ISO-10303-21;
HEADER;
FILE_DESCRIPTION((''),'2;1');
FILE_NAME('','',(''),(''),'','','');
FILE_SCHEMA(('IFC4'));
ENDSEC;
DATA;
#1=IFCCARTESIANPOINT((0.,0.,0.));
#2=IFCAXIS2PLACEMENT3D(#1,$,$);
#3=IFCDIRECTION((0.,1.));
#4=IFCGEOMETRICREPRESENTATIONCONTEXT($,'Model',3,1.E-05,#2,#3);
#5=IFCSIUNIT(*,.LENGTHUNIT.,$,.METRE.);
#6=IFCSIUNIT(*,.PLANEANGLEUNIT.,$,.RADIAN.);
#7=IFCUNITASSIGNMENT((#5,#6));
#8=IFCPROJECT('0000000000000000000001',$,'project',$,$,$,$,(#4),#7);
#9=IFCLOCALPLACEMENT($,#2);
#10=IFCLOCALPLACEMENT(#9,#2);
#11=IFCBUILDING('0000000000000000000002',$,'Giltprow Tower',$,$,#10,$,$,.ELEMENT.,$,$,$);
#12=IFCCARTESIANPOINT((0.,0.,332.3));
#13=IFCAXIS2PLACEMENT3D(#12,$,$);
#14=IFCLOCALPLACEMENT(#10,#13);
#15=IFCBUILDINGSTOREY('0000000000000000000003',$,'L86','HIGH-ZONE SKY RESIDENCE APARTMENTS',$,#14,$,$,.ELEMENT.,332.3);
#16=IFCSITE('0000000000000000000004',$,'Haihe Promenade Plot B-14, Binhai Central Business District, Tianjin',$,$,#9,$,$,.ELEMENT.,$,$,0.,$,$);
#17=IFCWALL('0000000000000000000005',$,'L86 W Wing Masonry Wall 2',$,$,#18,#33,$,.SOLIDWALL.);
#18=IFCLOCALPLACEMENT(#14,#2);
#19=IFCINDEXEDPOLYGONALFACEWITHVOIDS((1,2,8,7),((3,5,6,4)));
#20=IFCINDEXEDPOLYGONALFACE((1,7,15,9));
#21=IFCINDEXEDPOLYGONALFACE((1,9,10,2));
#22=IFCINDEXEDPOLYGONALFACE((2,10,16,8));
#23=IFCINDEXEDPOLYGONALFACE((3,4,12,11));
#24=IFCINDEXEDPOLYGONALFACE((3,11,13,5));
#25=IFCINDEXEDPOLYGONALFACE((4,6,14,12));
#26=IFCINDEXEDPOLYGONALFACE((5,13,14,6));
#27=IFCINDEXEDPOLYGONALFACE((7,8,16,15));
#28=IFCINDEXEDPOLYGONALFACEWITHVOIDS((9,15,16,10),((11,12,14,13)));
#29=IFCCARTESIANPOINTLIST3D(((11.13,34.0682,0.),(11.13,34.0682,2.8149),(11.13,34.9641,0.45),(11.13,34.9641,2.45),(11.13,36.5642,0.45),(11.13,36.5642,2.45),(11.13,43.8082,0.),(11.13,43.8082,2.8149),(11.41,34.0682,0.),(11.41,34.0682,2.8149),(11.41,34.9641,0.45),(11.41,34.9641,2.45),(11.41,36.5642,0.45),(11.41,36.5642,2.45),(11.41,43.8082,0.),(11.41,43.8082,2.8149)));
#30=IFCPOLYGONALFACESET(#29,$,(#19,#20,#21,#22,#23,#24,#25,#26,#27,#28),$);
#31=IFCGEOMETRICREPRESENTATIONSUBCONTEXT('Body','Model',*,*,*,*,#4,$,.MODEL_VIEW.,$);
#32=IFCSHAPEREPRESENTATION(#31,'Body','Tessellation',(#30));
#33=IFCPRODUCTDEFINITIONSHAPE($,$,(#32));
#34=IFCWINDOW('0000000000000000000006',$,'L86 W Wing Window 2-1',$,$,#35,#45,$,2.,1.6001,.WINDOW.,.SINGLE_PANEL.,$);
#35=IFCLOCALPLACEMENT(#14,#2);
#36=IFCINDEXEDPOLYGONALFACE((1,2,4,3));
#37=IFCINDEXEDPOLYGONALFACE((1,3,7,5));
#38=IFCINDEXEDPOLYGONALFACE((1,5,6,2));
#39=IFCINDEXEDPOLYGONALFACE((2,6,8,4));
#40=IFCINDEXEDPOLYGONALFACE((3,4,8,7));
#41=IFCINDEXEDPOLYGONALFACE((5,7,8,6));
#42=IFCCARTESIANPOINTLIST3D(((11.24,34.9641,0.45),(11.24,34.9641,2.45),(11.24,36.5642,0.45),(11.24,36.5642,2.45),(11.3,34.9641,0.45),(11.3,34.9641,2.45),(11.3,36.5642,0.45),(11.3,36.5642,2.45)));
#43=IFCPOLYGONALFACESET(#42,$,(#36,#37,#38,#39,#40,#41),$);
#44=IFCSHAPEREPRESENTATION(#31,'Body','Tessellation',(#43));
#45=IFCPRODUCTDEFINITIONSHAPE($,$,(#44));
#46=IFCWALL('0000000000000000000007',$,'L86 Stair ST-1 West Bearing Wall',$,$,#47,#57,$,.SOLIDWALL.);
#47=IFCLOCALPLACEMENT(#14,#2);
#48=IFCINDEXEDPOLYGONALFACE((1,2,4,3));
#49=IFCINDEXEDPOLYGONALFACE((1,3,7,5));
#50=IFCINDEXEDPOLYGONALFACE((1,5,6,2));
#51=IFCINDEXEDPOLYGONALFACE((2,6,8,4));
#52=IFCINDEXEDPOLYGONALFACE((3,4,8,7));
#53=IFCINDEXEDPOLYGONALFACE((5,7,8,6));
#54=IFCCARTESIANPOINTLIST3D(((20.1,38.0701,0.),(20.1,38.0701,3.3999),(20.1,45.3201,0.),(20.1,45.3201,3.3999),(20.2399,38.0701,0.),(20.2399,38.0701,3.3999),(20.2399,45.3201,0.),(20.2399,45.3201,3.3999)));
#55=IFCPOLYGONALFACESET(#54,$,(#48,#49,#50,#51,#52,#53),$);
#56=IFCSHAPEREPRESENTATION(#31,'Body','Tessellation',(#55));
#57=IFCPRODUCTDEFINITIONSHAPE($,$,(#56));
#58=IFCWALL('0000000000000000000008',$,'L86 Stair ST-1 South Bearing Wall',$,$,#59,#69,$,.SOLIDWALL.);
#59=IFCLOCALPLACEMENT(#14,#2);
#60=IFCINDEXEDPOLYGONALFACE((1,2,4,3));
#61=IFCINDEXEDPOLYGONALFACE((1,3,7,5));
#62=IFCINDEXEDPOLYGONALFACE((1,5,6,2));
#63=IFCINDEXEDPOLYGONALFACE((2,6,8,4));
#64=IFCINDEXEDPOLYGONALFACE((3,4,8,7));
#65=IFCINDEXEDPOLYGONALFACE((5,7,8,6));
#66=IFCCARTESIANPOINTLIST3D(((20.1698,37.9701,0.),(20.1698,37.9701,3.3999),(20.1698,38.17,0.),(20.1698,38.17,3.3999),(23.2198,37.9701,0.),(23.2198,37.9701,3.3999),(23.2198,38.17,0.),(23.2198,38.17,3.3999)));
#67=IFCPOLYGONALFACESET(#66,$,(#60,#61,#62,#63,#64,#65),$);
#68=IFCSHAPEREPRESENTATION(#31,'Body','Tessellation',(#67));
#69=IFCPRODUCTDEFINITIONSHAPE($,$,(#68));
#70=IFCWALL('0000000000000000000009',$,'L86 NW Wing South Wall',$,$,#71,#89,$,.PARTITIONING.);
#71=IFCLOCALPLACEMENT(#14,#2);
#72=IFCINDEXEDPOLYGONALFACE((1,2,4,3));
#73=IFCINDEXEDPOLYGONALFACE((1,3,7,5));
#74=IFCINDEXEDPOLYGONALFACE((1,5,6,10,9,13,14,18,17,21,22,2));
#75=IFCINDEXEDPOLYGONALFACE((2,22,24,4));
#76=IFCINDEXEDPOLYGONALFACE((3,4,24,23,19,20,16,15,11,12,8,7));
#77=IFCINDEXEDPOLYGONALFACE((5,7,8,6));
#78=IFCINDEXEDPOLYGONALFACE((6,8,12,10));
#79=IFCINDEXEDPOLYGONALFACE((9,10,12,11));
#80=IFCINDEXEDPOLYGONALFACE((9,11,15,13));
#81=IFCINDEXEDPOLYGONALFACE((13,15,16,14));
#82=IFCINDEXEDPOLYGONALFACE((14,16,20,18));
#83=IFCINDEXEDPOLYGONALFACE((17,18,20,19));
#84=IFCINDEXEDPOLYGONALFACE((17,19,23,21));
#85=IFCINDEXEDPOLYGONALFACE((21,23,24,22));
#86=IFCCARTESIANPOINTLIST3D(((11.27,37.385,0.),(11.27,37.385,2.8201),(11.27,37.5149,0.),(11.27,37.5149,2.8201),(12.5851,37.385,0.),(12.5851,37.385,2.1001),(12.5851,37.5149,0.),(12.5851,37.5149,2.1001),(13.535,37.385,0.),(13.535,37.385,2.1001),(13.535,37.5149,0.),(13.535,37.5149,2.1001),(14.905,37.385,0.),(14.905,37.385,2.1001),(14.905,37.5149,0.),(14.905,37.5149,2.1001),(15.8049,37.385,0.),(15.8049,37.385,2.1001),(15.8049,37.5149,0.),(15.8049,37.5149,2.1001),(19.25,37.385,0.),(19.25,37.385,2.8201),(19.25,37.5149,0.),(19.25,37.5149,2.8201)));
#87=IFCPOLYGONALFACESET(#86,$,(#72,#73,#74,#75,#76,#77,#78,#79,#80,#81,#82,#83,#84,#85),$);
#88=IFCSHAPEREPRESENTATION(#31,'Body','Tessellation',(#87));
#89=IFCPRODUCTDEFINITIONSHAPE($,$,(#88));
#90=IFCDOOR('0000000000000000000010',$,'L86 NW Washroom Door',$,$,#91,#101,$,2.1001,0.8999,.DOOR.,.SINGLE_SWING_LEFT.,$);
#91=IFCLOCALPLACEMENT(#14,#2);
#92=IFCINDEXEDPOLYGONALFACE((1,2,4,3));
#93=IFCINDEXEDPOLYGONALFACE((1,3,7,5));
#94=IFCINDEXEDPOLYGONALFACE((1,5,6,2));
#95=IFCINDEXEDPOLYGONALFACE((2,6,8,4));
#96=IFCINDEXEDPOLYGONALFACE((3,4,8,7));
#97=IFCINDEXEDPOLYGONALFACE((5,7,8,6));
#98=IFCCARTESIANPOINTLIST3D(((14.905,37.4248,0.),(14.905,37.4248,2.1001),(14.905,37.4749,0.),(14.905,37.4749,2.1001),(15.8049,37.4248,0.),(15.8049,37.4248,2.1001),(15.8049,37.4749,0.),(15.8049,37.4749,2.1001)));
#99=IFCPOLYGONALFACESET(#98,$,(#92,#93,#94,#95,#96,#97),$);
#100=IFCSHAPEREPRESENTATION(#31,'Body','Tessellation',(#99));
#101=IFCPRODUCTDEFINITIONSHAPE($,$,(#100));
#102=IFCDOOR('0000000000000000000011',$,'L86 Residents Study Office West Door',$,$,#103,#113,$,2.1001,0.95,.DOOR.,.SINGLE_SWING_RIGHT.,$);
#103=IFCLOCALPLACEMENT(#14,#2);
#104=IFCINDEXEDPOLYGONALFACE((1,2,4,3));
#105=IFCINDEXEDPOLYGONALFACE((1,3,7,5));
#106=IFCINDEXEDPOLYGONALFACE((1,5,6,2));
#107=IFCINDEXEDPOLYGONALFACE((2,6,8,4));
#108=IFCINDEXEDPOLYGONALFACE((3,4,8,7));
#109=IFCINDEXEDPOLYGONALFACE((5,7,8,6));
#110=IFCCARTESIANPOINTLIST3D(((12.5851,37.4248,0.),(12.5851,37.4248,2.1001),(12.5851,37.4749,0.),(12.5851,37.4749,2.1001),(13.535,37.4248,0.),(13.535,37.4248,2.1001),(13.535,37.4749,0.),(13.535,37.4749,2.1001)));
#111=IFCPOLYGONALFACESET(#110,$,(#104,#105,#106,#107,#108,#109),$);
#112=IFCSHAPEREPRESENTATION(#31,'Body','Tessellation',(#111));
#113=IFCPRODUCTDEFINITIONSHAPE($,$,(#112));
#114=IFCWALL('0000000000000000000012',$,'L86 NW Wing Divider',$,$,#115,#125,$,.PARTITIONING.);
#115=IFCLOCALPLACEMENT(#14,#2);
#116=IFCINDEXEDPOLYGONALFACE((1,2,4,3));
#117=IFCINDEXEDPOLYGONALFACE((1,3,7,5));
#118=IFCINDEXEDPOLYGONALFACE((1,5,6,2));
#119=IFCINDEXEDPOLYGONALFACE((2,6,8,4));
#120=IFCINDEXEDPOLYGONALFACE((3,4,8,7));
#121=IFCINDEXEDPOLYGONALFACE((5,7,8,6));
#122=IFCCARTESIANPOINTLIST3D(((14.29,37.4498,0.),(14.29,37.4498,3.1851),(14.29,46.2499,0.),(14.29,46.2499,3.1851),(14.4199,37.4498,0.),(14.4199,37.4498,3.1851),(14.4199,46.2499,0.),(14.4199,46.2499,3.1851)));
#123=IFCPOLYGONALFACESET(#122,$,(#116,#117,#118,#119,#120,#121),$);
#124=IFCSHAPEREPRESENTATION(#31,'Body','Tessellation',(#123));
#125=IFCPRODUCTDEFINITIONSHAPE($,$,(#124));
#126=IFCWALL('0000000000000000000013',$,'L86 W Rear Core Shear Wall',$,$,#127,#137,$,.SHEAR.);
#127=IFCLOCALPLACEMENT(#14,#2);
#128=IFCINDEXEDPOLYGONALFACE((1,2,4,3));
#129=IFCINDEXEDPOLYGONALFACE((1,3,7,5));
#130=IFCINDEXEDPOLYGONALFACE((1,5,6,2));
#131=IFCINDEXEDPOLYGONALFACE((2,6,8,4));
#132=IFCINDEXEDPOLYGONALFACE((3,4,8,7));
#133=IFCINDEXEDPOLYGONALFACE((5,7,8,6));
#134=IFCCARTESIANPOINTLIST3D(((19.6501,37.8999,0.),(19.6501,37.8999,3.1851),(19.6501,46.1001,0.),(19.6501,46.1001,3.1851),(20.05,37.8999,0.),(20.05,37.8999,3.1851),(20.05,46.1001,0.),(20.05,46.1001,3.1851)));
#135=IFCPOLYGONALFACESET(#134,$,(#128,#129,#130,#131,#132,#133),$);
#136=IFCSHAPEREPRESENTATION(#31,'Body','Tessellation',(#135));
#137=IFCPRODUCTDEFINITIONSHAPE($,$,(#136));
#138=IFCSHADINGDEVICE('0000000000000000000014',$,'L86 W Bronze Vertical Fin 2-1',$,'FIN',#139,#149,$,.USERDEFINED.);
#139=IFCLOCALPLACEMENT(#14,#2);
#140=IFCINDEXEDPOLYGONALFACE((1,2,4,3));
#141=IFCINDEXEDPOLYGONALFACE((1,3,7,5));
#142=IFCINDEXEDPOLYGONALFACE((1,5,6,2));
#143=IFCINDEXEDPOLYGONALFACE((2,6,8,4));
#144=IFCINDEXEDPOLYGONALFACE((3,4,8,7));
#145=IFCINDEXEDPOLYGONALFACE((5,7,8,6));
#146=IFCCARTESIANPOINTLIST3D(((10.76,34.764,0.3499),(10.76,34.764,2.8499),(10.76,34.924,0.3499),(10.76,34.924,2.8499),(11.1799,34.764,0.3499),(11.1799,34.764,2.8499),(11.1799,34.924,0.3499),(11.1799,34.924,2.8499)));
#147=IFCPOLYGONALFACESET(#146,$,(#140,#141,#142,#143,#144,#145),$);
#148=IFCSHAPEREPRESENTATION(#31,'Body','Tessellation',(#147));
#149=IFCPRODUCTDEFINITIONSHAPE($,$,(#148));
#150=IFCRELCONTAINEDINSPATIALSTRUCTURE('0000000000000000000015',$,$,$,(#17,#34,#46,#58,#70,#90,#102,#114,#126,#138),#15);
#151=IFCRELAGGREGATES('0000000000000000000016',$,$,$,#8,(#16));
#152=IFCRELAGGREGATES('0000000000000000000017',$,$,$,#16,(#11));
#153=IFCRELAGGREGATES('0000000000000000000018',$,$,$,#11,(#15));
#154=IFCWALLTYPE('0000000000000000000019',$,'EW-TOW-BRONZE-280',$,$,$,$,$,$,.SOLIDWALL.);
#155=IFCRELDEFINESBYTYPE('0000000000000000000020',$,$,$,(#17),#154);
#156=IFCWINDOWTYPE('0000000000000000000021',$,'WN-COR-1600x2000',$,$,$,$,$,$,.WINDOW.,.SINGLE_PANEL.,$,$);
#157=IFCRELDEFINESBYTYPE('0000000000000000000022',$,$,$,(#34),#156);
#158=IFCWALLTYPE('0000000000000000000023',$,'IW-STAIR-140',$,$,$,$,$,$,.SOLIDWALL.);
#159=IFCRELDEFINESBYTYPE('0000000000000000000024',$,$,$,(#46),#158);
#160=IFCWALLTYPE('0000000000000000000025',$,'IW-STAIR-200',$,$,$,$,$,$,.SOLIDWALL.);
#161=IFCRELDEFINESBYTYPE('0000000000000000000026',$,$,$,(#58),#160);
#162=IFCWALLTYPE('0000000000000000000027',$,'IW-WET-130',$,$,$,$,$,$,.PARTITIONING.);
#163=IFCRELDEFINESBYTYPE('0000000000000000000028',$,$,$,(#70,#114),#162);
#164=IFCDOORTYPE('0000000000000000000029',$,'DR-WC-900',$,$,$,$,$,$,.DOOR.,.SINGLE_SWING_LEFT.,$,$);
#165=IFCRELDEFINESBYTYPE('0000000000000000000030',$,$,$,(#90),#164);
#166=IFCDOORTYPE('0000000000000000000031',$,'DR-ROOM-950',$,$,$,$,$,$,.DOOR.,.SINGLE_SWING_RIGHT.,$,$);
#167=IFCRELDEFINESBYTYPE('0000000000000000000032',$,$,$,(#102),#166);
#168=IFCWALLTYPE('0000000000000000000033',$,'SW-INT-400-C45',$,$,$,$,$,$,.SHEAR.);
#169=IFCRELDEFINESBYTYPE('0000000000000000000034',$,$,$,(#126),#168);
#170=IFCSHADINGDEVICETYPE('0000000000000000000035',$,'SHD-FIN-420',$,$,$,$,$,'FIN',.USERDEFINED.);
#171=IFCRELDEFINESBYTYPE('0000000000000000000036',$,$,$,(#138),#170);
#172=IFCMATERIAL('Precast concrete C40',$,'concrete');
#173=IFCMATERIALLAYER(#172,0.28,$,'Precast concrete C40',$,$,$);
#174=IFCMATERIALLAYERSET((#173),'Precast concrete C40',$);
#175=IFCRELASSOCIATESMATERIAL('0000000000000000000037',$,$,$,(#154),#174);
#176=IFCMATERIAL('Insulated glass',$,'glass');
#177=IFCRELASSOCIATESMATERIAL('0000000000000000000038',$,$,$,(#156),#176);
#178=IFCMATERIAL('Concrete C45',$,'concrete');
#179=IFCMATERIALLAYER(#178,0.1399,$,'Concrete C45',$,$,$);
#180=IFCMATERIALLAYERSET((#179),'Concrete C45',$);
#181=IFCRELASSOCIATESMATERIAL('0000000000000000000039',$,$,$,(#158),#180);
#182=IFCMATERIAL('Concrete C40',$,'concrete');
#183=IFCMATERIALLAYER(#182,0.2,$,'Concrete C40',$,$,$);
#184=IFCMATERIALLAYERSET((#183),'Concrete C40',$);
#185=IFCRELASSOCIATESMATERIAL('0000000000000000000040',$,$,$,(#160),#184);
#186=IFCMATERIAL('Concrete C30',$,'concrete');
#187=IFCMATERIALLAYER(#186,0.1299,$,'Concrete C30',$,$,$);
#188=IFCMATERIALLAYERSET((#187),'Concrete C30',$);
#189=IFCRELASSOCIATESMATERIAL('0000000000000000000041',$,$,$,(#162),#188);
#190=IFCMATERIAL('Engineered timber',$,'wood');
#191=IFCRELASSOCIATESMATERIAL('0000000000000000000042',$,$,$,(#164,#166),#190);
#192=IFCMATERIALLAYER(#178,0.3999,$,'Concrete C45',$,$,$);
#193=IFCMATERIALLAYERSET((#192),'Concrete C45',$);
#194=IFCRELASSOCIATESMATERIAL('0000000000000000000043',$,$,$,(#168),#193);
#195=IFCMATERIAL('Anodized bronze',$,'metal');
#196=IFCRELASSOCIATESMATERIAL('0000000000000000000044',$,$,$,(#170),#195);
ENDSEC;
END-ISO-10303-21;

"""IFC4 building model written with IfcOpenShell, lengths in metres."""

from ifc_helpers import new_model, si_unit, direction, frame, frame_2d, origin, origin_2d, place, context, subcontext, project, spatial, rectangle, extrude, source, transform, mapped, material, layer, layer_set, type_object, element, fill, save


model = new_model("IFC4")

# Units and contexts
model_context = context("Model", 3, precision=1e-05, world=origin(), true_north=direction((0.0, 1.0)))
body_context = subcontext(model_context, "Body", "Model", "MODEL_VIEW")
ifc_project = project(units=[si_unit("LENGTHUNIT", "METRE"), si_unit("PLANEANGLEUNIT", "RADIAN")], contexts=[model_context])

# Site, building, storey
site_placement = place(None, origin())
site = spatial("IfcSite", under=ifc_project, at=site_placement, Name="Haihe Promenade Plot B-14, Binhai Central Business District, Tianjin", CompositionType="ELEMENT", RefElevation=0.0)
building_placement = place(site_placement, origin())
building = spatial("IfcBuilding", under=site, at=building_placement, Name="Giltprow Tower", CompositionType="ELEMENT")
storey_placement = place(building_placement, frame((0.0, 0.0, 332.3)))
storey = spatial("IfcBuildingStorey", under=building, at=storey_placement, Name="L86", Description="HIGH-ZONE SKY RESIDENCE APARTMENTS", CompositionType="ELEMENT", Elevation=332.3)

# Shared definitions
ifc_material_1 = material(Name="Concrete C45", Category="concrete")

# Wall, opening, window
ifc_material_2 = material(Name="Precast concrete C40", Category="concrete")
ifc_layer_1 = layer(ifc_material_2, 0.28, Name="Precast concrete C40")
ifc_layer_set_1 = layer_set([ifc_layer_1], Name="Precast concrete C40")
wall_type_1 = type_object("IfcWallType", Name="EW-TOW-BRONZE-280", PredefinedType="SOLIDWALL", material=ifc_layer_set_1)
wall_1_placement = place(storey_placement, frame((11.27, 34.0681, 0.0), z_axis=(0.0, 0.0, 1.0), x_axis=(0.0, 1.0, 0.0)))
wall_1 = element("IfcWall", 1, at=wall_1_placement, inside=storey, type_object=wall_type_1, Name="L86 W Wing Masonry Wall 2", PredefinedType="SOLIDWALL", context=body_context, shape_type="SweptSolid", body=[
    extrude(rectangle(XDim=9.74, YDim=0.28, at=frame_2d((4.8701, 0.0))), origin(), (0.0, 0.0, 1.0), 2.8149),
])
opening_1_placement = place(wall_1_placement, frame((0.896, 0.0, 0.45)))
opening_1 = element("IfcOpeningElement", 2, at=opening_1_placement, cuts=wall_1, PredefinedType="OPENING", context=body_context, shape_type="SweptSolid", body=[
    extrude(rectangle(XDim=1.6001, YDim=2.0, at=frame_2d((0.8, 1.0))), frame((0.0, 0.1499, 0.0), z_axis=(0.0, -1.0, 0.0), x_axis=(1.0, 0.0, 0.0)), (0.0, 0.0, 1.0), 0.3),
])
ifc_material_3 = material(Name="Insulated glass", Category="glass")
window_type = type_object("IfcWindowType", Name="WN-COR-1600x2000", PartitioningType="SINGLE_PANEL", PredefinedType="WINDOW", material=ifc_material_3)
shared_shape_1 = source(origin(), body_context, "Body", "SweptSolid", [
    extrude(rectangle(XDim=1.6001, YDim=2.0, at=frame_2d((0.8, 1.0))), frame((0.0, 0.03, 0.0), z_axis=(0.0, -1.0, 0.0), x_axis=(1.0, 0.0, 0.0)), (0.0, 0.0, 1.0), 0.0601),
])
window_placement = place(opening_1_placement, origin())
window = element("IfcWindow", 3, at=window_placement, inside=storey, type_object=window_type, Name="L86 W Wing Window 2-1", OverallHeight=2.0, OverallWidth=1.6001, PartitioningType="SINGLE_PANEL", PredefinedType="WINDOW", context=body_context, shape_type="MappedRepresentation", body=[
    mapped(shared_shape_1, transform((0.0, 0.0, 0.0), x_axis=(1.0, 0.0, 0.0), y_axis=(0.0, 1.0, 0.0), z_axis=(0.0, 0.0, 1.0), scale=1.0)),
])
fill(opening_1, window)

# Walls
ifc_layer_2 = layer(ifc_material_1, 0.1399, Name="Concrete C45")
ifc_layer_set_2 = layer_set([ifc_layer_2], Name="Concrete C45")
wall_type_2 = type_object("IfcWallType", Name="IW-STAIR-140", PredefinedType="SOLIDWALL", material=ifc_layer_set_2)
wall_2_placement = place(storey_placement, frame((20.1699, 38.0701, 0.0), z_axis=(0.0, 0.0, 1.0), x_axis=(0.0, 1.0, 0.0)))
element("IfcWall", 4, at=wall_2_placement, inside=storey, type_object=wall_type_2, Name="L86 Stair ST-1 West Bearing Wall", PredefinedType="SOLIDWALL", context=body_context, shape_type="SweptSolid", body=[
    extrude(rectangle(XDim=7.25, YDim=0.1399, at=frame_2d((3.625, 0.0))), origin(), (0.0, 0.0, 1.0), 3.3999),
])
ifc_material_4 = material(Name="Concrete C40", Category="concrete")
ifc_layer_3 = layer(ifc_material_4, 0.2, Name="Concrete C40")
ifc_layer_set_3 = layer_set([ifc_layer_3], Name="Concrete C40")
wall_type_3 = type_object("IfcWallType", Name="IW-STAIR-200", PredefinedType="SOLIDWALL", material=ifc_layer_set_3)
wall_3_placement = place(storey_placement, frame((20.1699, 38.0701, 0.0), z_axis=(0.0, 0.0, 1.0), x_axis=(1.0, 0.0, 0.0)))
element("IfcWall", 5, at=wall_3_placement, inside=storey, type_object=wall_type_3, Name="L86 Stair ST-1 South Bearing Wall", PredefinedType="SOLIDWALL", context=body_context, shape_type="SweptSolid", body=[
    extrude(rectangle(XDim=3.05, YDim=0.2, at=frame_2d((1.5249, 0.0))), origin(), (0.0, 0.0, 1.0), 3.3999),
])

# Wall, openings, doors
ifc_material_5 = material(Name="Concrete C30", Category="concrete")
ifc_layer_4 = layer(ifc_material_5, 0.1299, Name="Concrete C30")
ifc_layer_set_4 = layer_set([ifc_layer_4], Name="Concrete C30")
wall_type_4 = type_object("IfcWallType", Name="IW-WET-130", PredefinedType="PARTITIONING", material=ifc_layer_set_4)
wall_4_placement = place(storey_placement, frame((11.27, 37.45, 0.0), z_axis=(0.0, 0.0, 1.0), x_axis=(1.0, 0.0, 0.0)))
wall_4 = element("IfcWall", 6, at=wall_4_placement, inside=storey, type_object=wall_type_4, Name="L86 NW Wing South Wall", PredefinedType="PARTITIONING", context=body_context, shape_type="SweptSolid", body=[
    extrude(rectangle(XDim=7.98, YDim=0.1299, at=frame_2d((3.99, 0.0))), origin(), (0.0, 0.0, 1.0), 2.8201),
])
opening_2_placement = place(wall_4_placement, frame((1.3149, 0.0, 0.0)))
opening_2 = element("IfcOpeningElement", 7, at=opening_2_placement, cuts=wall_4, PredefinedType="OPENING", context=body_context, shape_type="SweptSolid", body=[
    extrude(rectangle(XDim=0.95, YDim=2.1001, at=frame_2d((0.4751, 1.05))), frame((0.0, 0.075, 0.0), z_axis=(0.0, -1.0, 0.0), x_axis=(1.0, 0.0, 0.0)), (0.0, 0.0, 1.0), 0.1499),
])
opening_3_placement = place(wall_4_placement, frame((3.635, 0.0, 0.0)))
opening_3 = element("IfcOpeningElement", 8, at=opening_3_placement, cuts=wall_4, PredefinedType="OPENING", context=body_context, shape_type="SweptSolid", body=[
    extrude(rectangle(XDim=0.8999, YDim=2.1001, at=frame_2d((0.45, 1.05))), frame((0.0, 0.075, 0.0), z_axis=(0.0, -1.0, 0.0), x_axis=(1.0, 0.0, 0.0)), (0.0, 0.0, 1.0), 0.1499),
])
ifc_material_6 = material(Name="Engineered timber", Category="wood")
door_type_1 = type_object("IfcDoorType", Name="DR-WC-900", OperationType="SINGLE_SWING_LEFT", PredefinedType="DOOR", material=ifc_material_6)
shared_shape_2 = source(origin(), body_context, "Body", "SweptSolid", [
    extrude(rectangle(XDim=0.8999, YDim=2.1001, at=frame_2d((0.45, 1.05))), frame((0.0, 0.0249, 0.0), z_axis=(0.0, -1.0, 0.0), x_axis=(1.0, 0.0, 0.0)), (0.0, 0.0, 1.0), 0.05),
])
door_1_placement = place(opening_3_placement, origin())
door_1 = element("IfcDoor", 9, at=door_1_placement, inside=storey, type_object=door_type_1, Name="L86 NW Washroom Door", OperationType="SINGLE_SWING_LEFT", OverallHeight=2.1001, OverallWidth=0.8999, PredefinedType="DOOR", context=body_context, shape_type="MappedRepresentation", body=[
    mapped(shared_shape_2, transform((0.0, 0.0, 0.0), x_axis=(1.0, 0.0, 0.0), y_axis=(0.0, 1.0, 0.0), z_axis=(0.0, 0.0, 1.0), scale=1.0)),
])
fill(opening_3, door_1)
door_type_2 = type_object("IfcDoorType", Name="DR-ROOM-950", OperationType="SINGLE_SWING_RIGHT", PredefinedType="DOOR", material=ifc_material_6)
shared_shape_3 = source(origin(), body_context, "Body", "SweptSolid", [
    extrude(rectangle(XDim=0.95, YDim=2.1001, at=frame_2d((0.4751, 1.05))), frame((0.0, 0.0249, 0.0), z_axis=(0.0, -1.0, 0.0), x_axis=(1.0, 0.0, 0.0)), (0.0, 0.0, 1.0), 0.05),
])
door_2_placement = place(opening_2_placement, origin())
door_2 = element("IfcDoor", 10, at=door_2_placement, inside=storey, type_object=door_type_2, Name="L86 Residents Study Office West Door", OperationType="SINGLE_SWING_RIGHT", OverallHeight=2.1001, OverallWidth=0.95, PredefinedType="DOOR", context=body_context, shape_type="MappedRepresentation", body=[
    mapped(shared_shape_3, transform((0.0, 0.0, 0.0), x_axis=(1.0, 0.0, 0.0), y_axis=(0.0, 1.0, 0.0), z_axis=(0.0, 0.0, 1.0), scale=1.0)),
])
fill(opening_2, door_2)

# Walls
wall_5_placement = place(storey_placement, frame((14.355, 37.45, 0.0), z_axis=(0.0, 0.0, 1.0), x_axis=(0.0, 1.0, 0.0)))
element("IfcWall", 11, at=wall_5_placement, inside=storey, type_object=wall_type_4, Name="L86 NW Wing Divider", PredefinedType="PARTITIONING", context=body_context, shape_type="SweptSolid", body=[
    extrude(rectangle(XDim=8.8, YDim=0.1299, at=frame_2d((4.3999, 0.0))), origin(), (0.0, 0.0, 1.0), 3.1851),
])
ifc_layer_5 = layer(ifc_material_1, 0.3999, Name="Concrete C45")
ifc_layer_set_5 = layer_set([ifc_layer_5], Name="Concrete C45")
wall_type_5 = type_object("IfcWallType", Name="SW-INT-400-C45", PredefinedType="SHEAR", material=ifc_layer_set_5)
wall_6_placement = place(storey_placement, frame((19.8501, 37.8999, 0.0), z_axis=(0.0, 0.0, 1.0), x_axis=(0.0, 1.0, 0.0)))
element("IfcWall", 12, at=wall_6_placement, inside=storey, type_object=wall_type_5, Name="L86 W Rear Core Shear Wall", PredefinedType="SHEAR", context=body_context, shape_type="SweptSolid", body=[
    extrude(rectangle(XDim=8.2002, YDim=0.3999, at=frame_2d((4.1001, 0.0))), origin(), (0.0, 0.0, 1.0), 3.1851),
])

# Shading device
ifc_material_7 = material(Name="Anodized bronze", Category="metal")
shading_device_type = type_object("IfcShadingDeviceType", Name="SHD-FIN-420", ElementType="FIN", PredefinedType="USERDEFINED", material=ifc_material_7)
shared_shape_4 = source(origin(), body_context, "Body", "SweptSolid", [
    extrude(rectangle(XDim=0.4199, YDim=0.1599, at=origin_2d()), origin(), (0.0, 0.0, 1.0), 2.5),
])
shading_device_placement = place(storey_placement, frame((10.97, 34.844, 0.3499), z_axis=(0.0, 0.0, 1.0), x_axis=(1.0, 0.0, 0.0)))
element("IfcShadingDevice", 13, at=shading_device_placement, inside=storey, type_object=shading_device_type, Name="L86 W Bronze Vertical Fin 2-1", ObjectType="FIN", PredefinedType="USERDEFINED", context=body_context, shape_type="MappedRepresentation", body=[
    mapped(shared_shape_4, transform((0.0, 0.0, 0.0), x_axis=(1.0, 0.0, 0.0), y_axis=(0.0, 1.0, 0.0), z_axis=(0.0, 0.0, 1.0), scale=1.0)),
])

save(model, "model.ifc")
